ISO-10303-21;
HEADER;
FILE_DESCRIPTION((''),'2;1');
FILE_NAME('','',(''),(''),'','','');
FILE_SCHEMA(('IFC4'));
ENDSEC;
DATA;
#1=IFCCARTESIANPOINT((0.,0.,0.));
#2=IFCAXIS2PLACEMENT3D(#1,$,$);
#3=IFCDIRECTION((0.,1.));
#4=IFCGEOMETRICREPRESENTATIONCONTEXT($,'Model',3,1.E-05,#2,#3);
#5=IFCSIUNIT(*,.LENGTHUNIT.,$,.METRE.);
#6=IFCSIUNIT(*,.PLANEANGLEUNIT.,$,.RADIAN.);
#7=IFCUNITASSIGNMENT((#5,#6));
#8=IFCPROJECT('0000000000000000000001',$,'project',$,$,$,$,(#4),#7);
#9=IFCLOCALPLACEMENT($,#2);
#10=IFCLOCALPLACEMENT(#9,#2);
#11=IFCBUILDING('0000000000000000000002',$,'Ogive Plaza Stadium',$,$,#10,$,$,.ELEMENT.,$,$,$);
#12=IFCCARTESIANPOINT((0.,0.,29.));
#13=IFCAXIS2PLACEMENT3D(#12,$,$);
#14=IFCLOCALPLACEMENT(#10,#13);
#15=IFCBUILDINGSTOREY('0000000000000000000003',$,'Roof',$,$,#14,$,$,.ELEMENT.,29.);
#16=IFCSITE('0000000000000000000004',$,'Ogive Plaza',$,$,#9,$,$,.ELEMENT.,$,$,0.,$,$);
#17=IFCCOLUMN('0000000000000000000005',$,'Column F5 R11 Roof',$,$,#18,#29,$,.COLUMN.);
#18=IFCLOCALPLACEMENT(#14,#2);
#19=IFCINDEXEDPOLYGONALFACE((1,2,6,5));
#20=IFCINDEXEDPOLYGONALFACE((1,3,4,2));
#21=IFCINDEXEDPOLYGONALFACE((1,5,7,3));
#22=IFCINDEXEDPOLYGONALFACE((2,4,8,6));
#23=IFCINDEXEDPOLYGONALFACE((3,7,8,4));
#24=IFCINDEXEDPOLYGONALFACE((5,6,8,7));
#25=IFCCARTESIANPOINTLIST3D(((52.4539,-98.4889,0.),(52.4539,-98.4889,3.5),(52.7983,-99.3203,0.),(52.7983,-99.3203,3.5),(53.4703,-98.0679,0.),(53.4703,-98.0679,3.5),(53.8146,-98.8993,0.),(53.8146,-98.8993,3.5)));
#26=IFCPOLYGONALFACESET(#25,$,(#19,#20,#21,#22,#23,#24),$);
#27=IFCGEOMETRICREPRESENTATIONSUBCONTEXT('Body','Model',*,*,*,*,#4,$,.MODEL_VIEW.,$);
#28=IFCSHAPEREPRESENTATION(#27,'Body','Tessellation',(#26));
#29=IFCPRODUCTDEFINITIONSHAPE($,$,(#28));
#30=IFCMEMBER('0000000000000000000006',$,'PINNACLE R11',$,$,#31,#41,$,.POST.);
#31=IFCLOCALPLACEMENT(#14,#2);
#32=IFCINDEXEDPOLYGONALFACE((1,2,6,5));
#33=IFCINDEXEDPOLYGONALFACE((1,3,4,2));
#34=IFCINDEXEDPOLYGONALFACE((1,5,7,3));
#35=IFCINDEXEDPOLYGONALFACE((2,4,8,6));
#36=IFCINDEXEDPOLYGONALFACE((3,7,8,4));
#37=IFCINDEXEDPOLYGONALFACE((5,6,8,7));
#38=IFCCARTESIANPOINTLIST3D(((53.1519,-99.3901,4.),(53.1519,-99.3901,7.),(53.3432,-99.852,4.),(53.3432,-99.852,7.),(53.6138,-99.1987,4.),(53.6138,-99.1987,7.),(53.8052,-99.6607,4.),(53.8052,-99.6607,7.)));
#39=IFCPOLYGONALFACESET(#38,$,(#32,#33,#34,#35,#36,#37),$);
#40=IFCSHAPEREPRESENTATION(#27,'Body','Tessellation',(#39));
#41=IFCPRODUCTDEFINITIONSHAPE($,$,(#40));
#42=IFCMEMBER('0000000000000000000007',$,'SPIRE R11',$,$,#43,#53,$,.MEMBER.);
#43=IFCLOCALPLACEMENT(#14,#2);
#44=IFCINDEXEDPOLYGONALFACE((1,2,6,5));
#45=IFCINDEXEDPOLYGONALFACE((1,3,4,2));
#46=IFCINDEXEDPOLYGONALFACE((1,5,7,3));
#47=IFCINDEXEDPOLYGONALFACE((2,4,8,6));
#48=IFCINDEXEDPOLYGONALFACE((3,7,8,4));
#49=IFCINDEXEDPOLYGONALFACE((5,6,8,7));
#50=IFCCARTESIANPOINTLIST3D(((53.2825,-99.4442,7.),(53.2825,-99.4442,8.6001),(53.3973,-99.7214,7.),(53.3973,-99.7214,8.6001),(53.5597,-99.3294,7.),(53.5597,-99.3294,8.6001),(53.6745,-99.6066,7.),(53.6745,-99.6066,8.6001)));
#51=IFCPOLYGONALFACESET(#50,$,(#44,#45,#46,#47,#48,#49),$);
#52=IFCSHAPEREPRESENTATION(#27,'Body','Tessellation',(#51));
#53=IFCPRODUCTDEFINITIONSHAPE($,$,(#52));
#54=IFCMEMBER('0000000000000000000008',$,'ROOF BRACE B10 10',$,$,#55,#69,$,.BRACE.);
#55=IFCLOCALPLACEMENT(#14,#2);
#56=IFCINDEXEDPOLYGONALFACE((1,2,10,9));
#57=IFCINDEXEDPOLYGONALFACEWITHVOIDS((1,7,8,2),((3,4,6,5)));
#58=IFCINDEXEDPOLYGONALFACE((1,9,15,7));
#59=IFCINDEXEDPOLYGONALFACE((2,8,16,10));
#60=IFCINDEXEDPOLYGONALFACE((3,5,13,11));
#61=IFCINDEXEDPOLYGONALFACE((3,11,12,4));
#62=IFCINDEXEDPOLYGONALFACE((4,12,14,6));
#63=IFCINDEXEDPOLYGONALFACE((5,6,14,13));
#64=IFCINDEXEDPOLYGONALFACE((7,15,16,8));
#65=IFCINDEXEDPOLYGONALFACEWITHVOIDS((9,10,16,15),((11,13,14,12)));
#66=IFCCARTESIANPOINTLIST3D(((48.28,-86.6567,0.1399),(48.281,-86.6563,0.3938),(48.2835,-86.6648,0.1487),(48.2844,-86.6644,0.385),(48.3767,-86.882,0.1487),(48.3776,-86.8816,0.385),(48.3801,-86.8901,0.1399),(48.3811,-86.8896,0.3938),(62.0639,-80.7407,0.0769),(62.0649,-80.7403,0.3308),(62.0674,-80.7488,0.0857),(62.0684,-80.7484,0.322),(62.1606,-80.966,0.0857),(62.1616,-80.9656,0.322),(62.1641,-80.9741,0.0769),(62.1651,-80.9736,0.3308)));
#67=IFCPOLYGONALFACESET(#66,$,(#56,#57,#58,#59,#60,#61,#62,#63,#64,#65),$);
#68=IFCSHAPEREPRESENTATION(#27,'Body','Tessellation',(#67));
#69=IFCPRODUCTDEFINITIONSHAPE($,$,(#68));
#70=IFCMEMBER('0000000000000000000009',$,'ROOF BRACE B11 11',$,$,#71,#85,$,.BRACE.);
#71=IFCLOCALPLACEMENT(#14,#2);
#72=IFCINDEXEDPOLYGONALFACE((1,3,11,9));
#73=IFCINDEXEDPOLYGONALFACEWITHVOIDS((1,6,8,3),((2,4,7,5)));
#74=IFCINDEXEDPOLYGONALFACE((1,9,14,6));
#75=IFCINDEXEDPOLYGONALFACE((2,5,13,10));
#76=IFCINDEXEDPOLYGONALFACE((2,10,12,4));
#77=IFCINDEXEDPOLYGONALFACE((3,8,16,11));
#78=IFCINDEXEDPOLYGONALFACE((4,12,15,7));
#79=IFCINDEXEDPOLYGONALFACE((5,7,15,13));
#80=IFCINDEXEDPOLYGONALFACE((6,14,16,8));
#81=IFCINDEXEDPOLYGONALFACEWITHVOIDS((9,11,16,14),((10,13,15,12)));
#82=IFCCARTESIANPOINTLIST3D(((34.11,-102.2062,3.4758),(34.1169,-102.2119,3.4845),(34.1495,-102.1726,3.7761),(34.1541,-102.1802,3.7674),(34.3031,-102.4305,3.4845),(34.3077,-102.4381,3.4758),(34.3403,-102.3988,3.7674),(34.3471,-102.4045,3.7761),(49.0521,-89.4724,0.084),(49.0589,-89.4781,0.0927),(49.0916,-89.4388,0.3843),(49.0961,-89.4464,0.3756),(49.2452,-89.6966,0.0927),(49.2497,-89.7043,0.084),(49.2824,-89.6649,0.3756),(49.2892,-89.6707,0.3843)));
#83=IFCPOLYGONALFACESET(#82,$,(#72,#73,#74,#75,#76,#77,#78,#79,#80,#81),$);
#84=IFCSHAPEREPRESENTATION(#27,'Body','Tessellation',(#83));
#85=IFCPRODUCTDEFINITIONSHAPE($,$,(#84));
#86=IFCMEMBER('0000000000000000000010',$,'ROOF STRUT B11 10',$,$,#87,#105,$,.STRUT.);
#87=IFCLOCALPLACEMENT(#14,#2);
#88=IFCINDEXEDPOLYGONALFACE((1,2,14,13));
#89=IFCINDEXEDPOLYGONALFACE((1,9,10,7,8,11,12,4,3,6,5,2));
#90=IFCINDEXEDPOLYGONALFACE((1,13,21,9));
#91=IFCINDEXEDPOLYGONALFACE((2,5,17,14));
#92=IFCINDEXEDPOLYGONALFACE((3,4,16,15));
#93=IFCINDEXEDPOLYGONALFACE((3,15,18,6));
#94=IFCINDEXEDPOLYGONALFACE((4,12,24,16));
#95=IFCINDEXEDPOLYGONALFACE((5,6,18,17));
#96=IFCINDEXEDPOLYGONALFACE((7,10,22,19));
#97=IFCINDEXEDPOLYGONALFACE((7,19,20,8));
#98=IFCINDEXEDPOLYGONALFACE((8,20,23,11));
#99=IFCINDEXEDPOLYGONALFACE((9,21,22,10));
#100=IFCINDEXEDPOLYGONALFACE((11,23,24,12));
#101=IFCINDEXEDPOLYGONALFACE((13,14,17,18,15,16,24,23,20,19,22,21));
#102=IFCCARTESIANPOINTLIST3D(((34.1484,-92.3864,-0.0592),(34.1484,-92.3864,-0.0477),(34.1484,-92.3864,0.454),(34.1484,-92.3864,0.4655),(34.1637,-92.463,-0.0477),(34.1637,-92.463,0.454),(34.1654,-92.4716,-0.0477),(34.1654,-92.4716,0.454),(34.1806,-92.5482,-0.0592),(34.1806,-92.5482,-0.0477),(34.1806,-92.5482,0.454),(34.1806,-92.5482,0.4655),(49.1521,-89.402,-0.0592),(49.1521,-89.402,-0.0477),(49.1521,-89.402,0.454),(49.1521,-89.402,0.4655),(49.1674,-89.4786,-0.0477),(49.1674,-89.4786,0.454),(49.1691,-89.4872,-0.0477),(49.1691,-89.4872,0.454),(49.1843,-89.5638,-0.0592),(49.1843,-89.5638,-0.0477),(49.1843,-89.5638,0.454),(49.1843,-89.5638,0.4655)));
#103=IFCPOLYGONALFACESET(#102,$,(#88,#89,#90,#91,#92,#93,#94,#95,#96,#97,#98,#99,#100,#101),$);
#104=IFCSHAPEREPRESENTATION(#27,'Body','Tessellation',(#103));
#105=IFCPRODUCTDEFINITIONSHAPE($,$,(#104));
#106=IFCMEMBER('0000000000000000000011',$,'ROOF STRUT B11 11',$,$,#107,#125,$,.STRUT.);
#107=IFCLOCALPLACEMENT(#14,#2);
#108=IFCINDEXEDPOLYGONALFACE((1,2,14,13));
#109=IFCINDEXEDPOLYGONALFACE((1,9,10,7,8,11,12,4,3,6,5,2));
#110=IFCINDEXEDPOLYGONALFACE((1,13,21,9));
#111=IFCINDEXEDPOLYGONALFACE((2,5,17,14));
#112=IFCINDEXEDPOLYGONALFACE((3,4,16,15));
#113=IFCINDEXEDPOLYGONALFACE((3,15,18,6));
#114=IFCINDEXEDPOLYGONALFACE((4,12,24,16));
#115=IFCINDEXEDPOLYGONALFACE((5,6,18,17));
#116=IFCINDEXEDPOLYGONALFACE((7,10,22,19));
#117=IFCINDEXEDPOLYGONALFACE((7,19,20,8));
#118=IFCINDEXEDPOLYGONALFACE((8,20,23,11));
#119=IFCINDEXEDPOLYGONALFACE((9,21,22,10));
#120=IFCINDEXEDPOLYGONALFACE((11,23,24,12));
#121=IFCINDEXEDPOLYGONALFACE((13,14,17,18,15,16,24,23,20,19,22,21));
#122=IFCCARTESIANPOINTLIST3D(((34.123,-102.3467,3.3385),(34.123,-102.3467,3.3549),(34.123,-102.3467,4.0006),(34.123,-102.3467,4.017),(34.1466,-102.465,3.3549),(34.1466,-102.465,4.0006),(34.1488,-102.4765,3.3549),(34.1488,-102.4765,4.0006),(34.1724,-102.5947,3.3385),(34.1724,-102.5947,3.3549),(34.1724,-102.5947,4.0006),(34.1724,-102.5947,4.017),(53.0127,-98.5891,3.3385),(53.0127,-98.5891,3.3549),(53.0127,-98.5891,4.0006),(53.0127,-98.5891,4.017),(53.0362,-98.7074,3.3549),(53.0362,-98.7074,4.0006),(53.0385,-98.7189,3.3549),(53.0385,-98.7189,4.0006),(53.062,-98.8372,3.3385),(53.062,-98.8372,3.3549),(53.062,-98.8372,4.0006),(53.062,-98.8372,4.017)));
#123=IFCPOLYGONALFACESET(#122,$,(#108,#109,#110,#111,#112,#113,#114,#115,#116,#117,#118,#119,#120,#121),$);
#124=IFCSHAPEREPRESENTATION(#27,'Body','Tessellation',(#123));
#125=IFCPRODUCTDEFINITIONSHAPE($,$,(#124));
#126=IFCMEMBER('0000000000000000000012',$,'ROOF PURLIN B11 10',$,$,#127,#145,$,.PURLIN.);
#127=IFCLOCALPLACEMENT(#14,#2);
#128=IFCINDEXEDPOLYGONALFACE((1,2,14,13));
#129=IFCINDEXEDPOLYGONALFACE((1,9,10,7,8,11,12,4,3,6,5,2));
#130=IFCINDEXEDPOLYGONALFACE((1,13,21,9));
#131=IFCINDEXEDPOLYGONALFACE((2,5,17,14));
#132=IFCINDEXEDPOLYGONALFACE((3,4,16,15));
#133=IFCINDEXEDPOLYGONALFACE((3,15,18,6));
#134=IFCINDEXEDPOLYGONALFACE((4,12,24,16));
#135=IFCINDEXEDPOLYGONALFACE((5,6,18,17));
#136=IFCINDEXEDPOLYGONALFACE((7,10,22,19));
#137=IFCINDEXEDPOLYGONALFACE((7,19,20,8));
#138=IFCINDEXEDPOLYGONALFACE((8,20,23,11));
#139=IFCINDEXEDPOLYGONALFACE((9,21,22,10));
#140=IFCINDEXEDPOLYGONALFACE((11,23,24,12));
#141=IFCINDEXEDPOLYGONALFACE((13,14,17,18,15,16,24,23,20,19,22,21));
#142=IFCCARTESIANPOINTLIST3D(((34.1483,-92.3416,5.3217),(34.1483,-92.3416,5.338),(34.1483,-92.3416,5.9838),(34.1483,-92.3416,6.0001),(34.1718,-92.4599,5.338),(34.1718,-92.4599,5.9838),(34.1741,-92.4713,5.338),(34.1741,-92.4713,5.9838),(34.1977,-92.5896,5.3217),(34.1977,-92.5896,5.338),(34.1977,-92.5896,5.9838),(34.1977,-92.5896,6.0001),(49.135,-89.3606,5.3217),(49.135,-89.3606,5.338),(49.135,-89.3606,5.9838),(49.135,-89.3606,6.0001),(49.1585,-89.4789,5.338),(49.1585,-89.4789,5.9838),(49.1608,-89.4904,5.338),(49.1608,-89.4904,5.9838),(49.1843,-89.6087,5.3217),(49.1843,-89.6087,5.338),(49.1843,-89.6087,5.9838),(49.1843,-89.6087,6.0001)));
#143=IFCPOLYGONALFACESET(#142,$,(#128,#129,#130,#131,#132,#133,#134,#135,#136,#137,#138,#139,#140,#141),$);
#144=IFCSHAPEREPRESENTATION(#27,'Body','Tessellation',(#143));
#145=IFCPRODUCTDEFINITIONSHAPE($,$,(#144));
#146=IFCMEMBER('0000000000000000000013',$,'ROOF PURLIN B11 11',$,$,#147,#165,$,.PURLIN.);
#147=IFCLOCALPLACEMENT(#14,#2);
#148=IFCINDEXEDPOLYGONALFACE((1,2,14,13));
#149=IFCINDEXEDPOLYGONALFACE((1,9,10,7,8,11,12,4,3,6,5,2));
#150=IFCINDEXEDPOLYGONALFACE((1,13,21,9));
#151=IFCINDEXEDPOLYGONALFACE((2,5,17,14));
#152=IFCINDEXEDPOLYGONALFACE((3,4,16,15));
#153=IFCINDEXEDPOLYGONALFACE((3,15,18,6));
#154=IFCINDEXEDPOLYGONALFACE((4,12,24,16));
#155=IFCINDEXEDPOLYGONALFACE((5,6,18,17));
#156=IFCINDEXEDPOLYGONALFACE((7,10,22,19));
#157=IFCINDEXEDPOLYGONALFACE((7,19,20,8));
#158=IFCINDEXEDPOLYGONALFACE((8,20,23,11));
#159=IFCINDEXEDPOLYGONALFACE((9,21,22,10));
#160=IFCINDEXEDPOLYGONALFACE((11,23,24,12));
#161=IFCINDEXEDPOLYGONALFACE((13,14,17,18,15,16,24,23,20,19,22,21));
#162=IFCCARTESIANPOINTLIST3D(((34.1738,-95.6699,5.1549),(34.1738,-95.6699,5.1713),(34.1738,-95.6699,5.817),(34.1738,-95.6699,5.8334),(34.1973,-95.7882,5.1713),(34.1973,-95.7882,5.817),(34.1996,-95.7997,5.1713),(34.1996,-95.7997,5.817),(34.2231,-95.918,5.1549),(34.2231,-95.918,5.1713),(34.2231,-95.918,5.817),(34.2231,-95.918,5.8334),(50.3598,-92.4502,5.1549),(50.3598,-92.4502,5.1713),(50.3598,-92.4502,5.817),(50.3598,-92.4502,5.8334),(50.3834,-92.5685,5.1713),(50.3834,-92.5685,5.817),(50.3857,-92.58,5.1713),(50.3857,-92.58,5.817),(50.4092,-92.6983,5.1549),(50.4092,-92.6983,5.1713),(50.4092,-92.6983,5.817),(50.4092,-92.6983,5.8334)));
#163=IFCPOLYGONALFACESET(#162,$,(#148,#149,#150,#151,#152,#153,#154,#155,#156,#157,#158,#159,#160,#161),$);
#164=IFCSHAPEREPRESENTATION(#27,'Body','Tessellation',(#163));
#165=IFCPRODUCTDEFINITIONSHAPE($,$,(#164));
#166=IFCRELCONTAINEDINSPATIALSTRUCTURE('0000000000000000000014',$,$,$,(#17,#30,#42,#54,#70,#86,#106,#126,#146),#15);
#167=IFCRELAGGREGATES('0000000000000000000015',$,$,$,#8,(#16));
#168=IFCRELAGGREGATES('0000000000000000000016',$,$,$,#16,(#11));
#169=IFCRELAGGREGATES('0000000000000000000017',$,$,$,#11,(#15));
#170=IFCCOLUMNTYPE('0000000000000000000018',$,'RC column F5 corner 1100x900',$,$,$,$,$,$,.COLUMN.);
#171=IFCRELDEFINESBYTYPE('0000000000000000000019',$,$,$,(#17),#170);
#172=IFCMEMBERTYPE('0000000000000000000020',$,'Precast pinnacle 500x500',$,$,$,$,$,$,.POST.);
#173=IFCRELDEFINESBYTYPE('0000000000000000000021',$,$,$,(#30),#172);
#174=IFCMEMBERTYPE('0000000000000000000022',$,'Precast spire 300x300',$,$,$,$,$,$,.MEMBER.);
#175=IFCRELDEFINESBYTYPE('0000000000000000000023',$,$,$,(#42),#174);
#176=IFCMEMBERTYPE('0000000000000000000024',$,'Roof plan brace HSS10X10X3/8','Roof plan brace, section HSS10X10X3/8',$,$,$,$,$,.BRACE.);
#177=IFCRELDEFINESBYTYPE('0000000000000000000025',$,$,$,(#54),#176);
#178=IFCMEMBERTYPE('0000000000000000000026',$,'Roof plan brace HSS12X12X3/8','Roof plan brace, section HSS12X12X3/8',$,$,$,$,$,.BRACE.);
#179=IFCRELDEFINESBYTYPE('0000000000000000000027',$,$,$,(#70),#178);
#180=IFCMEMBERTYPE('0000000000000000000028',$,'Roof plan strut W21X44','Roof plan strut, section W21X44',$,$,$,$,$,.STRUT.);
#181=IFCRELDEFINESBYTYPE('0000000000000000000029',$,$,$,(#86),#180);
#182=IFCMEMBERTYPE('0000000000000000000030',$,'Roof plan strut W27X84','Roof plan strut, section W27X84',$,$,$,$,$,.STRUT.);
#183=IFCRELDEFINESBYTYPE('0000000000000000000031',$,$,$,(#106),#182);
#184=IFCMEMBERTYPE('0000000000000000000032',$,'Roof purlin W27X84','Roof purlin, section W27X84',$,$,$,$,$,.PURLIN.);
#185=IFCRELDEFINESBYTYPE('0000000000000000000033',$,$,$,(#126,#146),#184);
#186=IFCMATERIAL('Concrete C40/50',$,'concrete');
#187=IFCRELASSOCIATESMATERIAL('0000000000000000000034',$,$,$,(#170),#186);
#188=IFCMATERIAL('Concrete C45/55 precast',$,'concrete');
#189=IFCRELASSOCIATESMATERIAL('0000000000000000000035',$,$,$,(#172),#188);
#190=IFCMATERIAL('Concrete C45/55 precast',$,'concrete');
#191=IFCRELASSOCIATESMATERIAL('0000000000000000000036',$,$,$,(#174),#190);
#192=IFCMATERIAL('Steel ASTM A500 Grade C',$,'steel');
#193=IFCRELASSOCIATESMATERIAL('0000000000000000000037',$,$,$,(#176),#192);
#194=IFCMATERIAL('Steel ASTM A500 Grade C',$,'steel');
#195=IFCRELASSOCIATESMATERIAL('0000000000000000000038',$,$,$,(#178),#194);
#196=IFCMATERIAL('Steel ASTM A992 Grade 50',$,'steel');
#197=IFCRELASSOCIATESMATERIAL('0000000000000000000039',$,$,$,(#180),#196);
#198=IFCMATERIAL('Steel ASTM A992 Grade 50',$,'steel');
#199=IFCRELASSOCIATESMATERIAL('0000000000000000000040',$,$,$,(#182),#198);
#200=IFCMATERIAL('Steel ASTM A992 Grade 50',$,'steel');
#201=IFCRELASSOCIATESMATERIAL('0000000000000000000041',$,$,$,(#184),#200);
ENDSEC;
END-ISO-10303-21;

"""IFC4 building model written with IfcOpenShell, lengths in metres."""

from ifc_helpers import new_model, si_unit, direction, frame, origin, origin_2d, place, context, subcontext, project, spatial, rectangle, hollow_rectangle, i_section, extrude, material, material_profile, profile_set, type_object, element, save


model = new_model("IFC4")

# Units and contexts
model_context = context("Model", 3, precision=1e-05, world=origin(), true_north=direction((0.0, 1.0)))
body_context = subcontext(model_context, "Body", "Model", "MODEL_VIEW")
ifc_project = project(units=[si_unit("LENGTHUNIT", "METRE"), si_unit("PLANEANGLEUNIT", "RADIAN")], contexts=[model_context])

# Site, building, storey
site_placement = place(None, origin())
site = spatial("IfcSite", under=ifc_project, at=site_placement, Name="Ogive Plaza", CompositionType="ELEMENT", RefElevation=0.0)
building_placement = place(site_placement, origin())
building = spatial("IfcBuilding", under=site, at=building_placement, Name="Ogive Plaza Stadium", CompositionType="ELEMENT")
storey_placement = place(building_placement, frame((0.0, 0.0, 29.0)))
storey = spatial("IfcBuildingStorey", under=building, at=storey_placement, Name="Roof", CompositionType="ELEMENT", Elevation=29.0)

# Column
ifc_material_1 = material(Name="Concrete C40/50", Category="concrete")
ifc_material_profile_1 = material_profile(ifc_material_1, rectangle(XDim=1.1001, YDim=0.8999, at=origin_2d()), Name="RC 1100x900")
ifc_profile_set_1 = profile_set([ifc_material_profile_1], Name="Concrete C40/50")
column_type = type_object("IfcColumnType", Name="RC column F5 corner 1100x900", PredefinedType="COLUMN", material=ifc_profile_set_1)
column_placement = place(storey_placement, frame((53.1343, -98.6941, 0.0), z_axis=(0.0, 0.0, 1.0), x_axis=(0.92388, 0.382683, 0.0)))
element("IfcColumn", 1, at=column_placement, inside=storey, type_object=column_type, Name="Column F5 R11 Roof", PredefinedType="COLUMN", context=body_context, shape_type="SweptSolid", body=[
    extrude(rectangle(XDim=1.1001, YDim=0.8999, at=origin_2d()), origin(), (0.0, 0.0, 1.0), 3.5),
])

# Members
ifc_material_2 = material(Name="Concrete C45/55 precast", Category="concrete")
ifc_material_profile_2 = material_profile(ifc_material_2, rectangle(XDim=0.5, YDim=0.5, at=origin_2d()), Name="RC 500x500")
ifc_profile_set_2 = profile_set([ifc_material_profile_2], Name="Concrete C45/55 precast")
member_type_1 = type_object("IfcMemberType", Name="Precast pinnacle 500x500", PredefinedType="POST", material=ifc_profile_set_2)
member_1_placement = place(storey_placement, frame((53.4785, -99.5254, 4.0), z_axis=(0.0, 0.0, 1.0), x_axis=(0.92388, 0.382683, 0.0)))
element("IfcMember", 2, at=member_1_placement, inside=storey, type_object=member_type_1, Name="PINNACLE R11", PredefinedType="POST", context=body_context, shape_type="SweptSolid", body=[
    extrude(rectangle(XDim=0.5, YDim=0.5, at=origin_2d()), origin(), (0.0, 0.0, 1.0), 3.0),
])
ifc_material_3 = material(Name="Concrete C45/55 precast", Category="concrete")
ifc_material_profile_3 = material_profile(ifc_material_3, rectangle(XDim=0.3, YDim=0.3, at=origin_2d()), Name="RC 300x300")
ifc_profile_set_3 = profile_set([ifc_material_profile_3], Name="Concrete C45/55 precast")
member_type_2 = type_object("IfcMemberType", Name="Precast spire 300x300", PredefinedType="MEMBER", material=ifc_profile_set_3)
member_2_placement = place(storey_placement, frame((53.4785, -99.5254, 7.0), z_axis=(0.0, 0.0, 1.0), x_axis=(0.92388, 0.382683, 0.0)))
element("IfcMember", 3, at=member_2_placement, inside=storey, type_object=member_type_2, Name="SPIRE R11", PredefinedType="MEMBER", context=body_context, shape_type="SweptSolid", body=[
    extrude(rectangle(XDim=0.3, YDim=0.3, at=origin_2d()), origin(), (0.0, 0.0, 1.0), 1.6001),
])
ifc_material_4 = material(Name="Steel ASTM A500 Grade C", Category="steel")
ifc_material_profile_4 = material_profile(ifc_material_4, hollow_rectangle(XDim=0.2539, YDim=0.2539, WallThickness=0.0088, at=origin_2d()), Name="HSS10X10X3/8")
ifc_profile_set_4 = profile_set([ifc_material_profile_4], Name="Steel ASTM A500 Grade C")
member_type_3 = type_object("IfcMemberType", Name="Roof plan brace HSS10X10X3/8", Description="Roof plan brace, section HSS10X10X3/8", PredefinedType="BRACE", material=ifc_profile_set_4)
member_3_placement = place(storey_placement, frame((48.3306, -86.7732, 0.2668), z_axis=(0.918929, 0.394401, -0.004199), x_axis=(-0.394404, 0.918937, 0.0)))
element("IfcMember", 4, at=member_3_placement, inside=storey, type_object=member_type_3, Name="ROOF BRACE B10 10", PredefinedType="BRACE", context=body_context, shape_type="SweptSolid", body=[
    extrude(hollow_rectangle(XDim=0.2539, YDim=0.2539, WallThickness=0.0088, at=origin_2d()), origin(), (0.0, 0.0, 1.0), 15.0),
])
ifc_material_5 = material(Name="Steel ASTM A500 Grade C", Category="steel")
ifc_material_profile_5 = material_profile(ifc_material_5, hollow_rectangle(XDim=0.3047, YDim=0.3047, WallThickness=0.0088, at=origin_2d()), Name="HSS12X12X3/8")
ifc_profile_set_5 = profile_set([ifc_material_profile_5], Name="Steel ASTM A500 Grade C")
member_type_4 = type_object("IfcMemberType", Name="Roof plan brace HSS12X12X3/8", Description="Roof plan brace, section HSS12X12X3/8", PredefinedType="BRACE", material=ifc_profile_set_5)
member_4_placement = place(storey_placement, frame((49.1707, -89.5715, 0.2341), z_axis=(-0.749996, -0.639157, 0.170248), x_axis=(0.648626, -0.761107, 0.0)))
element("IfcMember", 5, at=member_4_placement, inside=storey, type_object=member_type_4, Name="ROOF BRACE B11 11", PredefinedType="BRACE", context=body_context, shape_type="SweptSolid", body=[
    extrude(hollow_rectangle(XDim=0.3047, YDim=0.3047, WallThickness=0.0088, at=origin_2d()), origin(), (0.0, 0.0, 1.0), 19.9229),
])
ifc_material_6 = material(Name="Steel ASTM A992 Grade 50", Category="steel")
ifc_material_profile_6 = material_profile(ifc_material_6, i_section(OverallWidth=0.165, OverallDepth=0.5247, WebThickness=0.0088, FlangeThickness=0.0115, at=origin_2d()), Name="W21X44")
ifc_profile_set_6 = profile_set([ifc_material_profile_6], Name="Steel ASTM A992 Grade 50")
member_type_5 = type_object("IfcMemberType", Name="Roof plan strut W21X44", Description="Roof plan strut, section W21X44", PredefinedType="STRUT", material=ifc_profile_set_6)
member_5_placement = place(storey_placement, frame((49.1682, -89.4829, 0.2031), z_axis=(-0.980786, -0.195088, 0.0), x_axis=(0.195088, -0.980786, 0.0)))
element("IfcMember", 6, at=member_5_placement, inside=storey, type_object=member_type_5, Name="ROOF STRUT B11 10", PredefinedType="STRUT", context=body_context, shape_type="SweptSolid", body=[
    extrude(i_section(OverallWidth=0.165, OverallDepth=0.5247, WebThickness=0.0088, FlangeThickness=0.0115, at=origin_2d()), origin(), (0.0, 0.0, 1.0), 15.2976),
])
ifc_material_7 = material(Name="Steel ASTM A992 Grade 50", Category="steel")
ifc_material_profile_7 = material_profile(ifc_material_7, i_section(OverallWidth=0.2529, OverallDepth=0.6785, WebThickness=0.0117, FlangeThickness=0.0164, at=origin_2d()), Name="W27X84")
ifc_profile_set_7 = profile_set([ifc_material_profile_7], Name="Steel ASTM A992 Grade 50")
member_type_6 = type_object("IfcMemberType", Name="Roof plan strut W27X84", Description="Roof plan strut, section W27X84", PredefinedType="STRUT", material=ifc_profile_set_7)
member_6_placement = place(storey_placement, frame((53.0374, -98.7131, 3.6777), z_axis=(-0.980783, -0.195099, 0.0), x_axis=(0.195099, -0.980783, 0.0)))
element("IfcMember", 7, at=member_6_placement, inside=storey, type_object=member_type_6, Name="ROOF STRUT B11 11", PredefinedType="STRUT", context=body_context, shape_type="SweptSolid", body=[
    extrude(i_section(OverallWidth=0.2529, OverallDepth=0.6785, WebThickness=0.0117, FlangeThickness=0.0164, at=origin_2d()), origin(), (0.0, 0.0, 1.0), 19.2598),
])
ifc_material_8 = material(Name="Steel ASTM A992 Grade 50", Category="steel")
ifc_material_profile_8 = material_profile(ifc_material_8, i_section(OverallWidth=0.2529, OverallDepth=0.6785, WebThickness=0.0117, FlangeThickness=0.0164, at=origin_2d()), Name="W27X84")
ifc_profile_set_8 = profile_set([ifc_material_profile_8], Name="Steel ASTM A992 Grade 50")
member_type_7 = type_object("IfcMemberType", Name="Roof purlin W27X84", Description="Roof purlin, section W27X84", PredefinedType="PURLIN", material=ifc_profile_set_8)
member_7_placement = place(storey_placement, frame((49.1597, -89.4846, 5.6609), z_axis=(-0.980786, -0.195087, 0.0), x_axis=(0.195087, -0.980786, 0.0)))
element("IfcMember", 8, at=member_7_placement, inside=storey, type_object=member_type_7, Name="ROOF PURLIN B11 10", PredefinedType="PURLIN", context=body_context, shape_type="SweptSolid", body=[
    extrude(i_section(OverallWidth=0.2529, OverallDepth=0.6785, WebThickness=0.0117, FlangeThickness=0.0164, at=origin_2d()), origin(), (0.0, 0.0, 1.0), 15.2803),
])
member_8_placement = place(storey_placement, frame((50.3845, -92.5742, 5.4941), z_axis=(-0.980784, -0.195098, 0.0), x_axis=(0.195098, -0.980784, 0.0)))
element("IfcMember", 9, at=member_8_placement, inside=storey, type_object=member_type_7, Name="ROOF PURLIN B11 11", PredefinedType="PURLIN", context=body_context, shape_type="SweptSolid", body=[
    extrude(i_section(OverallWidth=0.2529, OverallDepth=0.6785, WebThickness=0.0117, FlangeThickness=0.0164, at=origin_2d()), origin(), (0.0, 0.0, 1.0), 16.5032),
])

save(model, "model.ifc")
